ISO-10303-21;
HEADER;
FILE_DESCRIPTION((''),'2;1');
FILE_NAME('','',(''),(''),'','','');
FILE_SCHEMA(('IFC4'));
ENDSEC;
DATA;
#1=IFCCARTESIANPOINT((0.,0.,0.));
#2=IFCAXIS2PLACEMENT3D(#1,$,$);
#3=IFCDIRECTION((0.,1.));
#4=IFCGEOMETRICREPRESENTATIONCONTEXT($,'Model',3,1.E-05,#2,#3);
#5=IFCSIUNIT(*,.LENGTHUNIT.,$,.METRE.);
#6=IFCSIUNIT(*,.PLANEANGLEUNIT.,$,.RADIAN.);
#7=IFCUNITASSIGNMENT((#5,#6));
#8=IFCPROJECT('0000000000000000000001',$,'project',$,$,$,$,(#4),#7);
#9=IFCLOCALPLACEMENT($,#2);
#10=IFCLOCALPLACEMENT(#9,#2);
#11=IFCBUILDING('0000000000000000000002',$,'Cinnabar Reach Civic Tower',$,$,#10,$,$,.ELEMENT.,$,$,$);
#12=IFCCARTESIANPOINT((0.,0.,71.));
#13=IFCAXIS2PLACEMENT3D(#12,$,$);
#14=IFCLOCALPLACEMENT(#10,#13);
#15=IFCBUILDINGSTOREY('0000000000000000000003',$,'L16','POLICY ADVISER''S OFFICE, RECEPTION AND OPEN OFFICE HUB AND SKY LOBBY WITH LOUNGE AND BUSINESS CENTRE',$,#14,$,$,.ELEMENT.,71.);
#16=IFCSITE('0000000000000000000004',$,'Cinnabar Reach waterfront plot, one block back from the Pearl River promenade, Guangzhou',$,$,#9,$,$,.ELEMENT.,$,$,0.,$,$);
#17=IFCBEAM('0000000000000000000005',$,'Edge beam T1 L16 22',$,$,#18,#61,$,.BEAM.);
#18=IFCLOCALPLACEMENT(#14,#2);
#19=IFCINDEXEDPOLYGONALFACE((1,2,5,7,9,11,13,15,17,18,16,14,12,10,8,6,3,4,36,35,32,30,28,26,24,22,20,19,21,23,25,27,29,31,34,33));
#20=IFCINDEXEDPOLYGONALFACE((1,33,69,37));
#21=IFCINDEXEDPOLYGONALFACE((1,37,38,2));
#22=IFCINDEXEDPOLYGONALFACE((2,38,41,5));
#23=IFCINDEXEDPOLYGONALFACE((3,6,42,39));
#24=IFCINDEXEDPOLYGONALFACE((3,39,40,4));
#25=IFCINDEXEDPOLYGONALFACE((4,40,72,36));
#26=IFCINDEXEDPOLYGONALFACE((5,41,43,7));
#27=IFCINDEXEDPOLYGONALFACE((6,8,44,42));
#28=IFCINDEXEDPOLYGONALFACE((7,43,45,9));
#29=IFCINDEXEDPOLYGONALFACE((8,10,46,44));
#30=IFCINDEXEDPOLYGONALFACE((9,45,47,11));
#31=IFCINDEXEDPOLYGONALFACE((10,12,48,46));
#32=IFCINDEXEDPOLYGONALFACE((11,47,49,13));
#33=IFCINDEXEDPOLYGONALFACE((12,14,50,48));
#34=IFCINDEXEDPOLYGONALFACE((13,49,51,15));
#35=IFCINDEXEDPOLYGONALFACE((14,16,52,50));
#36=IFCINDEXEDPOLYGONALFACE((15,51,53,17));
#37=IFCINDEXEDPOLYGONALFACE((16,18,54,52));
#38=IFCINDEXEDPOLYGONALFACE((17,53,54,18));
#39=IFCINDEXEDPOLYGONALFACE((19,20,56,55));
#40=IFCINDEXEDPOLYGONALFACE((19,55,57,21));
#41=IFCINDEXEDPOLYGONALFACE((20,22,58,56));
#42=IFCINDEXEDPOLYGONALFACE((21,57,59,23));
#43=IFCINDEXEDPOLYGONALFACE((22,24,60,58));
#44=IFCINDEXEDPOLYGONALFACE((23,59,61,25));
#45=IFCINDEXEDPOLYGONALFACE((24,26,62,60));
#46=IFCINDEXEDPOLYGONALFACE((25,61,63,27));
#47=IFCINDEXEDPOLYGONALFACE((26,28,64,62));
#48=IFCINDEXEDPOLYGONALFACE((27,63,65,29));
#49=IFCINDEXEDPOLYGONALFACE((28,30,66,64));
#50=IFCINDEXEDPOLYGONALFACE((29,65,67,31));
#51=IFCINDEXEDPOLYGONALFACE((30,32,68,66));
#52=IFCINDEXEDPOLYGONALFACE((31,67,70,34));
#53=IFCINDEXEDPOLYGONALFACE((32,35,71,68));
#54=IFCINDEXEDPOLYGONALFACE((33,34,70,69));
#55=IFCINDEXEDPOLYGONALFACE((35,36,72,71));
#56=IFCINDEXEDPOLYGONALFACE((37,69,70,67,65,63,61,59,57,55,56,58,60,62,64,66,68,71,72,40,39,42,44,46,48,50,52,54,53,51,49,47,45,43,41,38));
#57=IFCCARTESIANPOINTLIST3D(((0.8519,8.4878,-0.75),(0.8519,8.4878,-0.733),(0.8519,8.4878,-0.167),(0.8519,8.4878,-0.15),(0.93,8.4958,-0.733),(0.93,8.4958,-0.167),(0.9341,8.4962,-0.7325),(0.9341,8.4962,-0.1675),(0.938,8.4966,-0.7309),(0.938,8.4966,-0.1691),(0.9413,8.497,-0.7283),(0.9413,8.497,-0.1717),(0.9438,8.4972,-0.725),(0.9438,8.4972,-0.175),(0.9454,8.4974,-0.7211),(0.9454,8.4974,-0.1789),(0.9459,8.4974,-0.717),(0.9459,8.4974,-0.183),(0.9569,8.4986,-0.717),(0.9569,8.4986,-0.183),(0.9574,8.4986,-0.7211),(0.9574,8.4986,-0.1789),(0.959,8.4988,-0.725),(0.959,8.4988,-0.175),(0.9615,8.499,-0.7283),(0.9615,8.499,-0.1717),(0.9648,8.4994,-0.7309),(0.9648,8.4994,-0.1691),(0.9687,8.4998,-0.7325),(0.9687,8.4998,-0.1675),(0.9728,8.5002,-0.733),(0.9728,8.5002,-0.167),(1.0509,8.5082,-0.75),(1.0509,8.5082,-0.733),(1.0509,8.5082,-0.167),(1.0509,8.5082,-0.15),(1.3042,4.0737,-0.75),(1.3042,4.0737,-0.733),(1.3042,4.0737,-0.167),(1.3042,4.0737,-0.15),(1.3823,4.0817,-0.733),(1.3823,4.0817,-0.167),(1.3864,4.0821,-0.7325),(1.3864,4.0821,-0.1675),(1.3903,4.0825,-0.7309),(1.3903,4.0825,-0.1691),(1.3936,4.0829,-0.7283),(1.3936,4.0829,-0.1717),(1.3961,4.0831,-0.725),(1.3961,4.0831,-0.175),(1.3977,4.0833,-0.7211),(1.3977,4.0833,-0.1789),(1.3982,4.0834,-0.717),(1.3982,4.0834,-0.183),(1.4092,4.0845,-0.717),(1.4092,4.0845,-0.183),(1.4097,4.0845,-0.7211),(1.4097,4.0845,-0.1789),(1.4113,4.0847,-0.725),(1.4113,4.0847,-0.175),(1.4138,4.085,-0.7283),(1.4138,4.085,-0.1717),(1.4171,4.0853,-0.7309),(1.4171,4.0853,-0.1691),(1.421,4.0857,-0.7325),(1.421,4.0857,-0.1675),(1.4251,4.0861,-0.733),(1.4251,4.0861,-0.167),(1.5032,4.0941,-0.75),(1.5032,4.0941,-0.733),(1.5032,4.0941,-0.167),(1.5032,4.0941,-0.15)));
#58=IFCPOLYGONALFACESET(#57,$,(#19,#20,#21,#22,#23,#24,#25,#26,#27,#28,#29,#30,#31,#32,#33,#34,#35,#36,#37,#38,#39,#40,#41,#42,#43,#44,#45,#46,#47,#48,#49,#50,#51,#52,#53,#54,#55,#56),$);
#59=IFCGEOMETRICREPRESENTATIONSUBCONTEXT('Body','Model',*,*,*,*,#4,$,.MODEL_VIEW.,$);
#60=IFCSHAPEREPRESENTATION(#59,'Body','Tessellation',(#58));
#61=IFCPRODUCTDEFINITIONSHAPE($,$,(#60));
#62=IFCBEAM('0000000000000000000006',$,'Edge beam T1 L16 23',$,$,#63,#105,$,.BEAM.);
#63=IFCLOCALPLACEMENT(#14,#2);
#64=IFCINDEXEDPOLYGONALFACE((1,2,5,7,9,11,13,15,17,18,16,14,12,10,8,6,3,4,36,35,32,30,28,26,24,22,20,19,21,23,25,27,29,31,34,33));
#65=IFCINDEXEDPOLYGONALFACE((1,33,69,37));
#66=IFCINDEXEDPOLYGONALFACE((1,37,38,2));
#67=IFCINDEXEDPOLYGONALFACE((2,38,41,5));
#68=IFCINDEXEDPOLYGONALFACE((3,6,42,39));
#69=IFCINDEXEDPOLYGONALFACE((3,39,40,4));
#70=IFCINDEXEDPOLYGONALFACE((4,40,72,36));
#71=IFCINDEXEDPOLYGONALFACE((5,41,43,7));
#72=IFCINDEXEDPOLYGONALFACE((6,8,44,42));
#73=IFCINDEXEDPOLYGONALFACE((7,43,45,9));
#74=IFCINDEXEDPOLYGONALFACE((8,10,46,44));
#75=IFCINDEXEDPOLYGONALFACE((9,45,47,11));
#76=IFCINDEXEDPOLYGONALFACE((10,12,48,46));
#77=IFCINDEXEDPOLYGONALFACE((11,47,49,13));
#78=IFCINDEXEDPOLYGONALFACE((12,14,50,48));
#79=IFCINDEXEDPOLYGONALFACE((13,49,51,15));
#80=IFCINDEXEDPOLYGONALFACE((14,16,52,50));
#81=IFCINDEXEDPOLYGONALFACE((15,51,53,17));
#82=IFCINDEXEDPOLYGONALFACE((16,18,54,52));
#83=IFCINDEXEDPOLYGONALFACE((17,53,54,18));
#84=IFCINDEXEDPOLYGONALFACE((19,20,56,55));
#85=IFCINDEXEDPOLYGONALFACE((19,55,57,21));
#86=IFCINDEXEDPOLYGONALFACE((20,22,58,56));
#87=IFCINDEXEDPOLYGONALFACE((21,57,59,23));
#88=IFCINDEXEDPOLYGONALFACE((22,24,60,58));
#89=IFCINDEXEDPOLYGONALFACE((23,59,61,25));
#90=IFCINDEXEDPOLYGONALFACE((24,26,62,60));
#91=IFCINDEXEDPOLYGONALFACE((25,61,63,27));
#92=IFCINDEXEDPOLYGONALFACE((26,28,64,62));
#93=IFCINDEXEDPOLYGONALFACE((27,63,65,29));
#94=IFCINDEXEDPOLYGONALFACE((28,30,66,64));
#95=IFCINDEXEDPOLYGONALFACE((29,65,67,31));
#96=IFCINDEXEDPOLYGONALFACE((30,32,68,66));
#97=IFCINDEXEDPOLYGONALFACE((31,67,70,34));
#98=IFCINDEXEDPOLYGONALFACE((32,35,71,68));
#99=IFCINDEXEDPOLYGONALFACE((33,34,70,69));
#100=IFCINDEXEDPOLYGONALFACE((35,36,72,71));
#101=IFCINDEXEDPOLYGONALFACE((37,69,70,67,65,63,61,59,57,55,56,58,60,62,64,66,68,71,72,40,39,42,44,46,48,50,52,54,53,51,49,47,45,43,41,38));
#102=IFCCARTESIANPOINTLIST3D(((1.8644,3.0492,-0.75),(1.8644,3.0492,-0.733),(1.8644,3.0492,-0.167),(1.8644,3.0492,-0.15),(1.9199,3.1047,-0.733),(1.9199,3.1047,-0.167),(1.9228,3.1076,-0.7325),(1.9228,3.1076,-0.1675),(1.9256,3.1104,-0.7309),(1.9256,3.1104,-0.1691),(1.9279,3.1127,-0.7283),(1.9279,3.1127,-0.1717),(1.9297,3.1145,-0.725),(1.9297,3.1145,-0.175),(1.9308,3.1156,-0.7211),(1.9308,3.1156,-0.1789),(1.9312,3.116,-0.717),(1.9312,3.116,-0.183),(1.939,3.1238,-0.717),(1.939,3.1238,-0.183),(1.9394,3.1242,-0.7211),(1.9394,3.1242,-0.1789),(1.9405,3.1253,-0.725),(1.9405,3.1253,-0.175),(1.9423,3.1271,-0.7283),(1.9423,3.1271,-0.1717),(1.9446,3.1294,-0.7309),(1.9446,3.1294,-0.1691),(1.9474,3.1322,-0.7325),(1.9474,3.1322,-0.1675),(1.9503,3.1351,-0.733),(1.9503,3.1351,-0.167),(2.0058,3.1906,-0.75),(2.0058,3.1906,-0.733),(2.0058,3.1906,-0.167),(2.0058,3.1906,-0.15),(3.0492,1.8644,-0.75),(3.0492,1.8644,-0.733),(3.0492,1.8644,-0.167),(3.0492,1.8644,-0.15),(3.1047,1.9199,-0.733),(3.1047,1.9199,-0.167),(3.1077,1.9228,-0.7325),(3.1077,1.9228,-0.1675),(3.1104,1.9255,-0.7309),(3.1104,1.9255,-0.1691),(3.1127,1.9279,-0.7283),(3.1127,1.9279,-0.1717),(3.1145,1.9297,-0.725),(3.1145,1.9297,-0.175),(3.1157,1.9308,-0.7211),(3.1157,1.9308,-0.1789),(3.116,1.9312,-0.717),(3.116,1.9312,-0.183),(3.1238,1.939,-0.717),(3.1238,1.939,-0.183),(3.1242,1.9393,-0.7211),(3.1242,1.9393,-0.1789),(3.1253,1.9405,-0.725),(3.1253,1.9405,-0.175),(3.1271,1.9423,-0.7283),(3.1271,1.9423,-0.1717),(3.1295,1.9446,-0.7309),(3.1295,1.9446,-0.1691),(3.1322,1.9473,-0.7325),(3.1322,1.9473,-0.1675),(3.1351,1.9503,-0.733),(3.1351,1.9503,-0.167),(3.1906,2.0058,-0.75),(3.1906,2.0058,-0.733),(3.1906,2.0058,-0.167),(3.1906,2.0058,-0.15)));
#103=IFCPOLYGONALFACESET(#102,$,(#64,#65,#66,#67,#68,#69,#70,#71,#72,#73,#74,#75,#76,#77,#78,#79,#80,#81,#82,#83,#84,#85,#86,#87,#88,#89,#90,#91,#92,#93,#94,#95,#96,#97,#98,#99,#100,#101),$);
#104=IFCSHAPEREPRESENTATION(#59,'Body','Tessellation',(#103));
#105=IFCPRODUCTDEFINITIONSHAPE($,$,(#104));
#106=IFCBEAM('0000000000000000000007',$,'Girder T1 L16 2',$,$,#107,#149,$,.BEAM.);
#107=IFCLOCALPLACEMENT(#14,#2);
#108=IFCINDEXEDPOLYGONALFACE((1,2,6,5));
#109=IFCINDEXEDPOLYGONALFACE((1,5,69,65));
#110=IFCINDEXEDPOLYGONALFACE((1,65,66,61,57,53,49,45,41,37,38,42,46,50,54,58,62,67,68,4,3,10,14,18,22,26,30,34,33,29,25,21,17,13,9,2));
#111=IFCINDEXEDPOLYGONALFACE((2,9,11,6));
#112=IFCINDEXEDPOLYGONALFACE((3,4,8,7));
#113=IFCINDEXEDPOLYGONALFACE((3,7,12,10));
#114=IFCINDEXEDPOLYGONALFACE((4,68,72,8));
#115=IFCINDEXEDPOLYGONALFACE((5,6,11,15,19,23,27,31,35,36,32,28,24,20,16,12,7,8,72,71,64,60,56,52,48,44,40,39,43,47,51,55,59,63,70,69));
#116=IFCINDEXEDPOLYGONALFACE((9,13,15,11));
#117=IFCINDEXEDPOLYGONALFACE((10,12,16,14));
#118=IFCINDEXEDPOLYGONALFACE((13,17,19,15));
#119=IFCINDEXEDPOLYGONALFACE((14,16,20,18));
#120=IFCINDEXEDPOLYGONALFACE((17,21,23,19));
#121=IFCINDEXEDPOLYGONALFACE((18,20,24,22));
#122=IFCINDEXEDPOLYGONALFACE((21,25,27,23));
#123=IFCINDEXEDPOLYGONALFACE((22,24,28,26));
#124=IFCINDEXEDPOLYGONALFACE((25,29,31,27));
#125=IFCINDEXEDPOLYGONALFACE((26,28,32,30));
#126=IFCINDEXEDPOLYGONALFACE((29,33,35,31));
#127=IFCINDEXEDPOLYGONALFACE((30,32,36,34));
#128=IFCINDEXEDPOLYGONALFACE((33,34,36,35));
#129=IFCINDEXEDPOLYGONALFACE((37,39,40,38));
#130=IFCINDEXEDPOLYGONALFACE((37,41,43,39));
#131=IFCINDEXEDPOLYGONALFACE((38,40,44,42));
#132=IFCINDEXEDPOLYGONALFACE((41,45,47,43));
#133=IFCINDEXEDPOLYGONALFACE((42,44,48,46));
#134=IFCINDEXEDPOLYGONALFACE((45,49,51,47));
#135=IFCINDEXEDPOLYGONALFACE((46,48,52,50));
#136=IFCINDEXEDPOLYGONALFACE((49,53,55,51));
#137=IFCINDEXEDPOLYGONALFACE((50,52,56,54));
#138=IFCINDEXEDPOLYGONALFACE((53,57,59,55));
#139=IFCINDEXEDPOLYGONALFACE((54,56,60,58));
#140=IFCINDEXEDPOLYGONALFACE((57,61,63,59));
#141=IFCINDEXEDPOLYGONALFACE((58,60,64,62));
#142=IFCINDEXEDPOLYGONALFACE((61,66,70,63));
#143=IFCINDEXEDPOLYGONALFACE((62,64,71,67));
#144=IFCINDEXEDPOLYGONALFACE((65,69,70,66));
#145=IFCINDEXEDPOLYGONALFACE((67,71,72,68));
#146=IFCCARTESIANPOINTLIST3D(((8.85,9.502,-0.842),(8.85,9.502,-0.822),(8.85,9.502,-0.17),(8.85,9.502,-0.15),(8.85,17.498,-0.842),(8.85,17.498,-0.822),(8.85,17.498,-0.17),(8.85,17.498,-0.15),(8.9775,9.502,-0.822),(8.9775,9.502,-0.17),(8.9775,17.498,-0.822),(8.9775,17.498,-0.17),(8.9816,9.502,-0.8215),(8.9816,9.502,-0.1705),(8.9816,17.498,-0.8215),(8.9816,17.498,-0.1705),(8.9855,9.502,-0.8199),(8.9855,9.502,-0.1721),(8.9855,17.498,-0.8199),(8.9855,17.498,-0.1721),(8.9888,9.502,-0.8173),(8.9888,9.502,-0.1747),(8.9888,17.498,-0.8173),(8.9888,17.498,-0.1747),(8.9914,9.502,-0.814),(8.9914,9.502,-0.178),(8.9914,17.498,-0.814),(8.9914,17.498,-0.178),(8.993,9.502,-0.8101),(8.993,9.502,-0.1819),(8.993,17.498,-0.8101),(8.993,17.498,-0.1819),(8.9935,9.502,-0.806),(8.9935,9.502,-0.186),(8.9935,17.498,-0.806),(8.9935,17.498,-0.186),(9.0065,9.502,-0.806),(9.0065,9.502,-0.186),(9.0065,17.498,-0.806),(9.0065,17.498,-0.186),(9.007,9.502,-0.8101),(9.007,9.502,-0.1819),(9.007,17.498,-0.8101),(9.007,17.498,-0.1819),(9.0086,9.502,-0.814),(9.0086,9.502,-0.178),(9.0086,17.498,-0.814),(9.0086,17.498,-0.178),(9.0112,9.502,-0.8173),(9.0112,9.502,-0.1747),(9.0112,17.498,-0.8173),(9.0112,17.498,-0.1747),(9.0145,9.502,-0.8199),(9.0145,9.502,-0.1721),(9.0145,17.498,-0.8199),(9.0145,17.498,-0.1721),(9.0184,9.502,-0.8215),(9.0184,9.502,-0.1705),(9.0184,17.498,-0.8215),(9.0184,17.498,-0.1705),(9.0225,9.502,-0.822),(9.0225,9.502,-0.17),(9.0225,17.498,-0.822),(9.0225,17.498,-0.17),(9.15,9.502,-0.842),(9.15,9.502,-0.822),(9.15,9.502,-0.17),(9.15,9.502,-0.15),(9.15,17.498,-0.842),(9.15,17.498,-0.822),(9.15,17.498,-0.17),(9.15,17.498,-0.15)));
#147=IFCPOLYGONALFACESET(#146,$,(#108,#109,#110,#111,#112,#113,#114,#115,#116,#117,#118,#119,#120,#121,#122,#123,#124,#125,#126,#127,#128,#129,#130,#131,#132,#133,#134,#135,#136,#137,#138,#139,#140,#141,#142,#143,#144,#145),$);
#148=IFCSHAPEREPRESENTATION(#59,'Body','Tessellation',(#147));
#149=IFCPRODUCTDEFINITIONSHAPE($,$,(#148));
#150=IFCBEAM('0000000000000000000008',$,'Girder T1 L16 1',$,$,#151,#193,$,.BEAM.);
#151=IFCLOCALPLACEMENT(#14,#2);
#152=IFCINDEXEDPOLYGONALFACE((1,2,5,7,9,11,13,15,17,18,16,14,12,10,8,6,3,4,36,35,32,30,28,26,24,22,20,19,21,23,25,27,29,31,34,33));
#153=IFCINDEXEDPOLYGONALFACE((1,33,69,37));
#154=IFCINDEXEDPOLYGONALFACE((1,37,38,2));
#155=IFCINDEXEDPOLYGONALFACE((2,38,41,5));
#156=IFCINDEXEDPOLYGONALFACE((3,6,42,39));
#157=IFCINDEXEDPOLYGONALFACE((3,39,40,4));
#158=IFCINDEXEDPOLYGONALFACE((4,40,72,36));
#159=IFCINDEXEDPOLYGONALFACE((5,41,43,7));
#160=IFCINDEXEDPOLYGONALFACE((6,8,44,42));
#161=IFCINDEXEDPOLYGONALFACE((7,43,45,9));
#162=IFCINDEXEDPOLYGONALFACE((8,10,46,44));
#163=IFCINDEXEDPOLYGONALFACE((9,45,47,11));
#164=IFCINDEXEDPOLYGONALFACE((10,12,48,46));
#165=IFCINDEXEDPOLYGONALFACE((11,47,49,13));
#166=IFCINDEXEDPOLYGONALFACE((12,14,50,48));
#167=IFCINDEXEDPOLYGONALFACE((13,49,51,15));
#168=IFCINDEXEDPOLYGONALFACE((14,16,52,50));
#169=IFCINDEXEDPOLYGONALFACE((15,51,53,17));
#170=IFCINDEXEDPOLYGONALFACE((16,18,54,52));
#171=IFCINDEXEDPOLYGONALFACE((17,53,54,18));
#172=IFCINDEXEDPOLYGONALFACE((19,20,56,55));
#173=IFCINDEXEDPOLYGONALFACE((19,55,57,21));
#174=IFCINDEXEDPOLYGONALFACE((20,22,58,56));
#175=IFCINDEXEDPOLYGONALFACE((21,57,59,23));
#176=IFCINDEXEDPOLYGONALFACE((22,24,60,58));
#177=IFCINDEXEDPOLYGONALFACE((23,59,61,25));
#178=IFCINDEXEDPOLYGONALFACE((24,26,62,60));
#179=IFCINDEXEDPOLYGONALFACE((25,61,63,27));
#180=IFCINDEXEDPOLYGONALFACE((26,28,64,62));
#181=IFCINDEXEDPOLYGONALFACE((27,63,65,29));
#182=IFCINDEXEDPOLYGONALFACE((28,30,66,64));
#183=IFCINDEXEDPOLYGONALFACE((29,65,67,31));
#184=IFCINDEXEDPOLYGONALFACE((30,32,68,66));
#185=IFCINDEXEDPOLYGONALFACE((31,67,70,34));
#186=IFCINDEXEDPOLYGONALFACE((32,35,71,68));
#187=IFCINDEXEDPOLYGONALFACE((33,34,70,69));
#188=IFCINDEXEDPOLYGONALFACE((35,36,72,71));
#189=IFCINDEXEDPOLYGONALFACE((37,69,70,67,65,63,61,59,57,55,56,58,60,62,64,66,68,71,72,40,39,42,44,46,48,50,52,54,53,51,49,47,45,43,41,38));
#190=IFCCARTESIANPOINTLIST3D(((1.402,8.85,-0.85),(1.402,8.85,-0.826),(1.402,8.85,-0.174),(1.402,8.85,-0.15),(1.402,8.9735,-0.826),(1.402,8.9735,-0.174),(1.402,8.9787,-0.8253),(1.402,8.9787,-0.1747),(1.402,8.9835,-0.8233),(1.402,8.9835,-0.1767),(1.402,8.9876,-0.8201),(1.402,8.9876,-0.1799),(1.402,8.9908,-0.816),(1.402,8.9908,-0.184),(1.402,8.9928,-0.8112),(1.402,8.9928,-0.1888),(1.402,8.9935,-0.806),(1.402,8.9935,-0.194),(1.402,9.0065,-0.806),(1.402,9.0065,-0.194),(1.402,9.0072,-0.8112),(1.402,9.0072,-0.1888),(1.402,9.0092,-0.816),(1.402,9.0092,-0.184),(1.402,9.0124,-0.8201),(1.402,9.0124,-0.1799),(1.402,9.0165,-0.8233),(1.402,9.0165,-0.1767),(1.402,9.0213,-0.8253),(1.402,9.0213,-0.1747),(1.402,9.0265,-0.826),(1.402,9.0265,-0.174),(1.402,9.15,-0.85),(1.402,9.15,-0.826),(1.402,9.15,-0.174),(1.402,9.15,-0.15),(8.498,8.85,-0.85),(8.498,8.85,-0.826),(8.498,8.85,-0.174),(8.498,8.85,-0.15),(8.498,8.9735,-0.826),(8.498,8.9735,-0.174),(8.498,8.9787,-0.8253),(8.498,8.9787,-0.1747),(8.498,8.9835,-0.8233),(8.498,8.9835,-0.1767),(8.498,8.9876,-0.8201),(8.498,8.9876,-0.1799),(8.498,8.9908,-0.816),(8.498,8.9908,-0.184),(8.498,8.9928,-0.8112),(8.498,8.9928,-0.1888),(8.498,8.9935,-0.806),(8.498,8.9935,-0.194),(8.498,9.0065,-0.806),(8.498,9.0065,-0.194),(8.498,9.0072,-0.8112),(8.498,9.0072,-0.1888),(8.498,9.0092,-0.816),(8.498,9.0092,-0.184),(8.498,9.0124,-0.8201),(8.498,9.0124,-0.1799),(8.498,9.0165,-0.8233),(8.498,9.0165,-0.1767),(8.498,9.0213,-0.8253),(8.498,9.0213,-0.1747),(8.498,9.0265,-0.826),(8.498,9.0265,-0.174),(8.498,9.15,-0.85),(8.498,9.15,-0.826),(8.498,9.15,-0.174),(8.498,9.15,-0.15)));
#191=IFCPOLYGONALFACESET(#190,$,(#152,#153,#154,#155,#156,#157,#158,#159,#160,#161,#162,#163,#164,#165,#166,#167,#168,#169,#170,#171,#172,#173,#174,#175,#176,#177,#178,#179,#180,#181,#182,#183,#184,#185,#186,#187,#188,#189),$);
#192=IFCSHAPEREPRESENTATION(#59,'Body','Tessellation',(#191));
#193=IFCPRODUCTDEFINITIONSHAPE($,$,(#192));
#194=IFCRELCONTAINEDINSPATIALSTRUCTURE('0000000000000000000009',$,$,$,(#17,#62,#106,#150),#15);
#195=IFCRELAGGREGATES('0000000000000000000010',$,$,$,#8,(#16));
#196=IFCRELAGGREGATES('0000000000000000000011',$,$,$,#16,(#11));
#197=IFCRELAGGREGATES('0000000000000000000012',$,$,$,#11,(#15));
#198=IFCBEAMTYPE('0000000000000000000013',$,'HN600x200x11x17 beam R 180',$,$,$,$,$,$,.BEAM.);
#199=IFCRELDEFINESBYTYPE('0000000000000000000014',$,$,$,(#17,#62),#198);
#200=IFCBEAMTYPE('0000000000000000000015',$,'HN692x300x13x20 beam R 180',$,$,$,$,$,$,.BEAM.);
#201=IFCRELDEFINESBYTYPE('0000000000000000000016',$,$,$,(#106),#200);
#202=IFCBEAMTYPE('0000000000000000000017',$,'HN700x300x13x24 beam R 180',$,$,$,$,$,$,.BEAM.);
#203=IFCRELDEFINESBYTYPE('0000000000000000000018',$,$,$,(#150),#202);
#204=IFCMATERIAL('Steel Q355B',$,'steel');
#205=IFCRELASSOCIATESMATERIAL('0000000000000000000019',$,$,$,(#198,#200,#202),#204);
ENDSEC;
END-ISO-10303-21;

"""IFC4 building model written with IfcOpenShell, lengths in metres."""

from ifc_helpers import new_model, si_unit, direction, frame, origin, origin_2d, place, context, subcontext, project, spatial, i_section, extrude, material, material_profile, profile_set, type_object, element, save


model = new_model("IFC4")

# Units and contexts
model_context = context("Model", 3, precision=1e-05, world=origin(), true_north=direction((0.0, 1.0)))
body_context = subcontext(model_context, "Body", "Model", "MODEL_VIEW")
ifc_project = project(units=[si_unit("LENGTHUNIT", "METRE"), si_unit("PLANEANGLEUNIT", "RADIAN")], contexts=[model_context])

# Site, building, storey
site_placement = place(None, origin())
site = spatial("IfcSite", under=ifc_project, at=site_placement, Name="Cinnabar Reach waterfront plot, one block back from the Pearl River promenade, Guangzhou", CompositionType="ELEMENT", RefElevation=0.0)
building_placement = place(site_placement, origin())
building = spatial("IfcBuilding", under=site, at=building_placement, Name="Cinnabar Reach Civic Tower", CompositionType="ELEMENT")
storey_placement = place(building_placement, frame((0.0, 0.0, 71.0)))
storey = spatial("IfcBuildingStorey", under=building, at=storey_placement, Name="L16", Description="POLICY ADVISER'S OFFICE, RECEPTION AND OPEN OFFICE HUB AND SKY LOBBY WITH LOUNGE AND BUSINESS CENTRE", CompositionType="ELEMENT", Elevation=71.0)

# Beams
ifc_material_1 = material(Name="Steel Q355B", Category="steel")
ifc_material_profile_1 = material_profile(ifc_material_1, i_section(OverallWidth=0.2, OverallDepth=0.6, WebThickness=0.011, FlangeThickness=0.017, FilletRadius=0.016, at=origin_2d()), Name="HN600x200x11x17")
ifc_profile_set_1 = profile_set([ifc_material_profile_1], Name="Steel Q355B")
beam_type_1 = type_object("IfcBeamType", Name="HN600x200x11x17 beam R 180", PredefinedType="BEAM", material=ifc_profile_set_1)
beam_1_placement = place(storey_placement, frame((0.9514, 8.498, -0.45), z_axis=(0.101933, -0.994791, 0.0), x_axis=(0.994791, 0.101933, 0.0)))
element("IfcBeam", 1, at=beam_1_placement, inside=storey, type_object=beam_type_1, Name="Edge beam T1 L16 22", PredefinedType="BEAM", context=body_context, shape_type="SweptSolid", body=[
    extrude(i_section(OverallWidth=0.2, OverallDepth=0.6, WebThickness=0.011, FlangeThickness=0.017, FilletRadius=0.016, at=origin_2d()), origin(), (0.0, 0.0, 1.0), 4.4372),
])
beam_2_placement = place(storey_placement, frame((1.9351, 3.1199, -0.45), z_axis=(0.707107, -0.707107, 0.0), x_axis=(0.707107, 0.707107, 0.0)))
element("IfcBeam", 2, at=beam_2_placement, inside=storey, type_object=beam_type_1, Name="Edge beam T1 L16 23", PredefinedType="BEAM", context=body_context, shape_type="SweptSolid", body=[
    extrude(i_section(OverallWidth=0.2, OverallDepth=0.6, WebThickness=0.011, FlangeThickness=0.017, FilletRadius=0.016, at=origin_2d()), origin(), (0.0, 0.0, 1.0), 1.6756),
])
ifc_material_profile_2 = material_profile(ifc_material_1, i_section(OverallWidth=0.3, OverallDepth=0.692, WebThickness=0.013, FlangeThickness=0.02, FilletRadius=0.016, at=origin_2d()), Name="HN692x300x13x20")
ifc_profile_set_2 = profile_set([ifc_material_profile_2], Name="Steel Q355B")
beam_type_2 = type_object("IfcBeamType", Name="HN692x300x13x20 beam R 180", PredefinedType="BEAM", material=ifc_profile_set_2)
beam_3_placement = place(storey_placement, frame((9.0, 9.502, -0.496), z_axis=(0.0, 1.0, 0.0), x_axis=(-1.0, 0.0, 0.0)))
element("IfcBeam", 3, at=beam_3_placement, inside=storey, type_object=beam_type_2, Name="Girder T1 L16 2", PredefinedType="BEAM", context=body_context, shape_type="SweptSolid", body=[
    extrude(i_section(OverallWidth=0.3, OverallDepth=0.692, WebThickness=0.013, FlangeThickness=0.02, FilletRadius=0.016, at=origin_2d()), origin(), (0.0, 0.0, 1.0), 7.996),
])
ifc_material_profile_3 = material_profile(ifc_material_1, i_section(OverallWidth=0.3, OverallDepth=0.7, WebThickness=0.013, FlangeThickness=0.024, FilletRadius=0.02, at=origin_2d()), Name="HN700x300x13x24")
ifc_profile_set_3 = profile_set([ifc_material_profile_3], Name="Steel Q355B")
beam_type_3 = type_object("IfcBeamType", Name="HN700x300x13x24 beam R 180", PredefinedType="BEAM", material=ifc_profile_set_3)
beam_4_placement = place(storey_placement, frame((1.402, 9.0, -0.5), z_axis=(1.0, 0.0, 0.0), x_axis=(0.0, 1.0, 0.0)))
element("IfcBeam", 4, at=beam_4_placement, inside=storey, type_object=beam_type_3, Name="Girder T1 L16 1", PredefinedType="BEAM", context=body_context, shape_type="SweptSolid", body=[
    extrude(i_section(OverallWidth=0.3, OverallDepth=0.7, WebThickness=0.013, FlangeThickness=0.024, FilletRadius=0.02, at=origin_2d()), origin(), (0.0, 0.0, 1.0), 7.096),
])

save(model, "model.ifc")
